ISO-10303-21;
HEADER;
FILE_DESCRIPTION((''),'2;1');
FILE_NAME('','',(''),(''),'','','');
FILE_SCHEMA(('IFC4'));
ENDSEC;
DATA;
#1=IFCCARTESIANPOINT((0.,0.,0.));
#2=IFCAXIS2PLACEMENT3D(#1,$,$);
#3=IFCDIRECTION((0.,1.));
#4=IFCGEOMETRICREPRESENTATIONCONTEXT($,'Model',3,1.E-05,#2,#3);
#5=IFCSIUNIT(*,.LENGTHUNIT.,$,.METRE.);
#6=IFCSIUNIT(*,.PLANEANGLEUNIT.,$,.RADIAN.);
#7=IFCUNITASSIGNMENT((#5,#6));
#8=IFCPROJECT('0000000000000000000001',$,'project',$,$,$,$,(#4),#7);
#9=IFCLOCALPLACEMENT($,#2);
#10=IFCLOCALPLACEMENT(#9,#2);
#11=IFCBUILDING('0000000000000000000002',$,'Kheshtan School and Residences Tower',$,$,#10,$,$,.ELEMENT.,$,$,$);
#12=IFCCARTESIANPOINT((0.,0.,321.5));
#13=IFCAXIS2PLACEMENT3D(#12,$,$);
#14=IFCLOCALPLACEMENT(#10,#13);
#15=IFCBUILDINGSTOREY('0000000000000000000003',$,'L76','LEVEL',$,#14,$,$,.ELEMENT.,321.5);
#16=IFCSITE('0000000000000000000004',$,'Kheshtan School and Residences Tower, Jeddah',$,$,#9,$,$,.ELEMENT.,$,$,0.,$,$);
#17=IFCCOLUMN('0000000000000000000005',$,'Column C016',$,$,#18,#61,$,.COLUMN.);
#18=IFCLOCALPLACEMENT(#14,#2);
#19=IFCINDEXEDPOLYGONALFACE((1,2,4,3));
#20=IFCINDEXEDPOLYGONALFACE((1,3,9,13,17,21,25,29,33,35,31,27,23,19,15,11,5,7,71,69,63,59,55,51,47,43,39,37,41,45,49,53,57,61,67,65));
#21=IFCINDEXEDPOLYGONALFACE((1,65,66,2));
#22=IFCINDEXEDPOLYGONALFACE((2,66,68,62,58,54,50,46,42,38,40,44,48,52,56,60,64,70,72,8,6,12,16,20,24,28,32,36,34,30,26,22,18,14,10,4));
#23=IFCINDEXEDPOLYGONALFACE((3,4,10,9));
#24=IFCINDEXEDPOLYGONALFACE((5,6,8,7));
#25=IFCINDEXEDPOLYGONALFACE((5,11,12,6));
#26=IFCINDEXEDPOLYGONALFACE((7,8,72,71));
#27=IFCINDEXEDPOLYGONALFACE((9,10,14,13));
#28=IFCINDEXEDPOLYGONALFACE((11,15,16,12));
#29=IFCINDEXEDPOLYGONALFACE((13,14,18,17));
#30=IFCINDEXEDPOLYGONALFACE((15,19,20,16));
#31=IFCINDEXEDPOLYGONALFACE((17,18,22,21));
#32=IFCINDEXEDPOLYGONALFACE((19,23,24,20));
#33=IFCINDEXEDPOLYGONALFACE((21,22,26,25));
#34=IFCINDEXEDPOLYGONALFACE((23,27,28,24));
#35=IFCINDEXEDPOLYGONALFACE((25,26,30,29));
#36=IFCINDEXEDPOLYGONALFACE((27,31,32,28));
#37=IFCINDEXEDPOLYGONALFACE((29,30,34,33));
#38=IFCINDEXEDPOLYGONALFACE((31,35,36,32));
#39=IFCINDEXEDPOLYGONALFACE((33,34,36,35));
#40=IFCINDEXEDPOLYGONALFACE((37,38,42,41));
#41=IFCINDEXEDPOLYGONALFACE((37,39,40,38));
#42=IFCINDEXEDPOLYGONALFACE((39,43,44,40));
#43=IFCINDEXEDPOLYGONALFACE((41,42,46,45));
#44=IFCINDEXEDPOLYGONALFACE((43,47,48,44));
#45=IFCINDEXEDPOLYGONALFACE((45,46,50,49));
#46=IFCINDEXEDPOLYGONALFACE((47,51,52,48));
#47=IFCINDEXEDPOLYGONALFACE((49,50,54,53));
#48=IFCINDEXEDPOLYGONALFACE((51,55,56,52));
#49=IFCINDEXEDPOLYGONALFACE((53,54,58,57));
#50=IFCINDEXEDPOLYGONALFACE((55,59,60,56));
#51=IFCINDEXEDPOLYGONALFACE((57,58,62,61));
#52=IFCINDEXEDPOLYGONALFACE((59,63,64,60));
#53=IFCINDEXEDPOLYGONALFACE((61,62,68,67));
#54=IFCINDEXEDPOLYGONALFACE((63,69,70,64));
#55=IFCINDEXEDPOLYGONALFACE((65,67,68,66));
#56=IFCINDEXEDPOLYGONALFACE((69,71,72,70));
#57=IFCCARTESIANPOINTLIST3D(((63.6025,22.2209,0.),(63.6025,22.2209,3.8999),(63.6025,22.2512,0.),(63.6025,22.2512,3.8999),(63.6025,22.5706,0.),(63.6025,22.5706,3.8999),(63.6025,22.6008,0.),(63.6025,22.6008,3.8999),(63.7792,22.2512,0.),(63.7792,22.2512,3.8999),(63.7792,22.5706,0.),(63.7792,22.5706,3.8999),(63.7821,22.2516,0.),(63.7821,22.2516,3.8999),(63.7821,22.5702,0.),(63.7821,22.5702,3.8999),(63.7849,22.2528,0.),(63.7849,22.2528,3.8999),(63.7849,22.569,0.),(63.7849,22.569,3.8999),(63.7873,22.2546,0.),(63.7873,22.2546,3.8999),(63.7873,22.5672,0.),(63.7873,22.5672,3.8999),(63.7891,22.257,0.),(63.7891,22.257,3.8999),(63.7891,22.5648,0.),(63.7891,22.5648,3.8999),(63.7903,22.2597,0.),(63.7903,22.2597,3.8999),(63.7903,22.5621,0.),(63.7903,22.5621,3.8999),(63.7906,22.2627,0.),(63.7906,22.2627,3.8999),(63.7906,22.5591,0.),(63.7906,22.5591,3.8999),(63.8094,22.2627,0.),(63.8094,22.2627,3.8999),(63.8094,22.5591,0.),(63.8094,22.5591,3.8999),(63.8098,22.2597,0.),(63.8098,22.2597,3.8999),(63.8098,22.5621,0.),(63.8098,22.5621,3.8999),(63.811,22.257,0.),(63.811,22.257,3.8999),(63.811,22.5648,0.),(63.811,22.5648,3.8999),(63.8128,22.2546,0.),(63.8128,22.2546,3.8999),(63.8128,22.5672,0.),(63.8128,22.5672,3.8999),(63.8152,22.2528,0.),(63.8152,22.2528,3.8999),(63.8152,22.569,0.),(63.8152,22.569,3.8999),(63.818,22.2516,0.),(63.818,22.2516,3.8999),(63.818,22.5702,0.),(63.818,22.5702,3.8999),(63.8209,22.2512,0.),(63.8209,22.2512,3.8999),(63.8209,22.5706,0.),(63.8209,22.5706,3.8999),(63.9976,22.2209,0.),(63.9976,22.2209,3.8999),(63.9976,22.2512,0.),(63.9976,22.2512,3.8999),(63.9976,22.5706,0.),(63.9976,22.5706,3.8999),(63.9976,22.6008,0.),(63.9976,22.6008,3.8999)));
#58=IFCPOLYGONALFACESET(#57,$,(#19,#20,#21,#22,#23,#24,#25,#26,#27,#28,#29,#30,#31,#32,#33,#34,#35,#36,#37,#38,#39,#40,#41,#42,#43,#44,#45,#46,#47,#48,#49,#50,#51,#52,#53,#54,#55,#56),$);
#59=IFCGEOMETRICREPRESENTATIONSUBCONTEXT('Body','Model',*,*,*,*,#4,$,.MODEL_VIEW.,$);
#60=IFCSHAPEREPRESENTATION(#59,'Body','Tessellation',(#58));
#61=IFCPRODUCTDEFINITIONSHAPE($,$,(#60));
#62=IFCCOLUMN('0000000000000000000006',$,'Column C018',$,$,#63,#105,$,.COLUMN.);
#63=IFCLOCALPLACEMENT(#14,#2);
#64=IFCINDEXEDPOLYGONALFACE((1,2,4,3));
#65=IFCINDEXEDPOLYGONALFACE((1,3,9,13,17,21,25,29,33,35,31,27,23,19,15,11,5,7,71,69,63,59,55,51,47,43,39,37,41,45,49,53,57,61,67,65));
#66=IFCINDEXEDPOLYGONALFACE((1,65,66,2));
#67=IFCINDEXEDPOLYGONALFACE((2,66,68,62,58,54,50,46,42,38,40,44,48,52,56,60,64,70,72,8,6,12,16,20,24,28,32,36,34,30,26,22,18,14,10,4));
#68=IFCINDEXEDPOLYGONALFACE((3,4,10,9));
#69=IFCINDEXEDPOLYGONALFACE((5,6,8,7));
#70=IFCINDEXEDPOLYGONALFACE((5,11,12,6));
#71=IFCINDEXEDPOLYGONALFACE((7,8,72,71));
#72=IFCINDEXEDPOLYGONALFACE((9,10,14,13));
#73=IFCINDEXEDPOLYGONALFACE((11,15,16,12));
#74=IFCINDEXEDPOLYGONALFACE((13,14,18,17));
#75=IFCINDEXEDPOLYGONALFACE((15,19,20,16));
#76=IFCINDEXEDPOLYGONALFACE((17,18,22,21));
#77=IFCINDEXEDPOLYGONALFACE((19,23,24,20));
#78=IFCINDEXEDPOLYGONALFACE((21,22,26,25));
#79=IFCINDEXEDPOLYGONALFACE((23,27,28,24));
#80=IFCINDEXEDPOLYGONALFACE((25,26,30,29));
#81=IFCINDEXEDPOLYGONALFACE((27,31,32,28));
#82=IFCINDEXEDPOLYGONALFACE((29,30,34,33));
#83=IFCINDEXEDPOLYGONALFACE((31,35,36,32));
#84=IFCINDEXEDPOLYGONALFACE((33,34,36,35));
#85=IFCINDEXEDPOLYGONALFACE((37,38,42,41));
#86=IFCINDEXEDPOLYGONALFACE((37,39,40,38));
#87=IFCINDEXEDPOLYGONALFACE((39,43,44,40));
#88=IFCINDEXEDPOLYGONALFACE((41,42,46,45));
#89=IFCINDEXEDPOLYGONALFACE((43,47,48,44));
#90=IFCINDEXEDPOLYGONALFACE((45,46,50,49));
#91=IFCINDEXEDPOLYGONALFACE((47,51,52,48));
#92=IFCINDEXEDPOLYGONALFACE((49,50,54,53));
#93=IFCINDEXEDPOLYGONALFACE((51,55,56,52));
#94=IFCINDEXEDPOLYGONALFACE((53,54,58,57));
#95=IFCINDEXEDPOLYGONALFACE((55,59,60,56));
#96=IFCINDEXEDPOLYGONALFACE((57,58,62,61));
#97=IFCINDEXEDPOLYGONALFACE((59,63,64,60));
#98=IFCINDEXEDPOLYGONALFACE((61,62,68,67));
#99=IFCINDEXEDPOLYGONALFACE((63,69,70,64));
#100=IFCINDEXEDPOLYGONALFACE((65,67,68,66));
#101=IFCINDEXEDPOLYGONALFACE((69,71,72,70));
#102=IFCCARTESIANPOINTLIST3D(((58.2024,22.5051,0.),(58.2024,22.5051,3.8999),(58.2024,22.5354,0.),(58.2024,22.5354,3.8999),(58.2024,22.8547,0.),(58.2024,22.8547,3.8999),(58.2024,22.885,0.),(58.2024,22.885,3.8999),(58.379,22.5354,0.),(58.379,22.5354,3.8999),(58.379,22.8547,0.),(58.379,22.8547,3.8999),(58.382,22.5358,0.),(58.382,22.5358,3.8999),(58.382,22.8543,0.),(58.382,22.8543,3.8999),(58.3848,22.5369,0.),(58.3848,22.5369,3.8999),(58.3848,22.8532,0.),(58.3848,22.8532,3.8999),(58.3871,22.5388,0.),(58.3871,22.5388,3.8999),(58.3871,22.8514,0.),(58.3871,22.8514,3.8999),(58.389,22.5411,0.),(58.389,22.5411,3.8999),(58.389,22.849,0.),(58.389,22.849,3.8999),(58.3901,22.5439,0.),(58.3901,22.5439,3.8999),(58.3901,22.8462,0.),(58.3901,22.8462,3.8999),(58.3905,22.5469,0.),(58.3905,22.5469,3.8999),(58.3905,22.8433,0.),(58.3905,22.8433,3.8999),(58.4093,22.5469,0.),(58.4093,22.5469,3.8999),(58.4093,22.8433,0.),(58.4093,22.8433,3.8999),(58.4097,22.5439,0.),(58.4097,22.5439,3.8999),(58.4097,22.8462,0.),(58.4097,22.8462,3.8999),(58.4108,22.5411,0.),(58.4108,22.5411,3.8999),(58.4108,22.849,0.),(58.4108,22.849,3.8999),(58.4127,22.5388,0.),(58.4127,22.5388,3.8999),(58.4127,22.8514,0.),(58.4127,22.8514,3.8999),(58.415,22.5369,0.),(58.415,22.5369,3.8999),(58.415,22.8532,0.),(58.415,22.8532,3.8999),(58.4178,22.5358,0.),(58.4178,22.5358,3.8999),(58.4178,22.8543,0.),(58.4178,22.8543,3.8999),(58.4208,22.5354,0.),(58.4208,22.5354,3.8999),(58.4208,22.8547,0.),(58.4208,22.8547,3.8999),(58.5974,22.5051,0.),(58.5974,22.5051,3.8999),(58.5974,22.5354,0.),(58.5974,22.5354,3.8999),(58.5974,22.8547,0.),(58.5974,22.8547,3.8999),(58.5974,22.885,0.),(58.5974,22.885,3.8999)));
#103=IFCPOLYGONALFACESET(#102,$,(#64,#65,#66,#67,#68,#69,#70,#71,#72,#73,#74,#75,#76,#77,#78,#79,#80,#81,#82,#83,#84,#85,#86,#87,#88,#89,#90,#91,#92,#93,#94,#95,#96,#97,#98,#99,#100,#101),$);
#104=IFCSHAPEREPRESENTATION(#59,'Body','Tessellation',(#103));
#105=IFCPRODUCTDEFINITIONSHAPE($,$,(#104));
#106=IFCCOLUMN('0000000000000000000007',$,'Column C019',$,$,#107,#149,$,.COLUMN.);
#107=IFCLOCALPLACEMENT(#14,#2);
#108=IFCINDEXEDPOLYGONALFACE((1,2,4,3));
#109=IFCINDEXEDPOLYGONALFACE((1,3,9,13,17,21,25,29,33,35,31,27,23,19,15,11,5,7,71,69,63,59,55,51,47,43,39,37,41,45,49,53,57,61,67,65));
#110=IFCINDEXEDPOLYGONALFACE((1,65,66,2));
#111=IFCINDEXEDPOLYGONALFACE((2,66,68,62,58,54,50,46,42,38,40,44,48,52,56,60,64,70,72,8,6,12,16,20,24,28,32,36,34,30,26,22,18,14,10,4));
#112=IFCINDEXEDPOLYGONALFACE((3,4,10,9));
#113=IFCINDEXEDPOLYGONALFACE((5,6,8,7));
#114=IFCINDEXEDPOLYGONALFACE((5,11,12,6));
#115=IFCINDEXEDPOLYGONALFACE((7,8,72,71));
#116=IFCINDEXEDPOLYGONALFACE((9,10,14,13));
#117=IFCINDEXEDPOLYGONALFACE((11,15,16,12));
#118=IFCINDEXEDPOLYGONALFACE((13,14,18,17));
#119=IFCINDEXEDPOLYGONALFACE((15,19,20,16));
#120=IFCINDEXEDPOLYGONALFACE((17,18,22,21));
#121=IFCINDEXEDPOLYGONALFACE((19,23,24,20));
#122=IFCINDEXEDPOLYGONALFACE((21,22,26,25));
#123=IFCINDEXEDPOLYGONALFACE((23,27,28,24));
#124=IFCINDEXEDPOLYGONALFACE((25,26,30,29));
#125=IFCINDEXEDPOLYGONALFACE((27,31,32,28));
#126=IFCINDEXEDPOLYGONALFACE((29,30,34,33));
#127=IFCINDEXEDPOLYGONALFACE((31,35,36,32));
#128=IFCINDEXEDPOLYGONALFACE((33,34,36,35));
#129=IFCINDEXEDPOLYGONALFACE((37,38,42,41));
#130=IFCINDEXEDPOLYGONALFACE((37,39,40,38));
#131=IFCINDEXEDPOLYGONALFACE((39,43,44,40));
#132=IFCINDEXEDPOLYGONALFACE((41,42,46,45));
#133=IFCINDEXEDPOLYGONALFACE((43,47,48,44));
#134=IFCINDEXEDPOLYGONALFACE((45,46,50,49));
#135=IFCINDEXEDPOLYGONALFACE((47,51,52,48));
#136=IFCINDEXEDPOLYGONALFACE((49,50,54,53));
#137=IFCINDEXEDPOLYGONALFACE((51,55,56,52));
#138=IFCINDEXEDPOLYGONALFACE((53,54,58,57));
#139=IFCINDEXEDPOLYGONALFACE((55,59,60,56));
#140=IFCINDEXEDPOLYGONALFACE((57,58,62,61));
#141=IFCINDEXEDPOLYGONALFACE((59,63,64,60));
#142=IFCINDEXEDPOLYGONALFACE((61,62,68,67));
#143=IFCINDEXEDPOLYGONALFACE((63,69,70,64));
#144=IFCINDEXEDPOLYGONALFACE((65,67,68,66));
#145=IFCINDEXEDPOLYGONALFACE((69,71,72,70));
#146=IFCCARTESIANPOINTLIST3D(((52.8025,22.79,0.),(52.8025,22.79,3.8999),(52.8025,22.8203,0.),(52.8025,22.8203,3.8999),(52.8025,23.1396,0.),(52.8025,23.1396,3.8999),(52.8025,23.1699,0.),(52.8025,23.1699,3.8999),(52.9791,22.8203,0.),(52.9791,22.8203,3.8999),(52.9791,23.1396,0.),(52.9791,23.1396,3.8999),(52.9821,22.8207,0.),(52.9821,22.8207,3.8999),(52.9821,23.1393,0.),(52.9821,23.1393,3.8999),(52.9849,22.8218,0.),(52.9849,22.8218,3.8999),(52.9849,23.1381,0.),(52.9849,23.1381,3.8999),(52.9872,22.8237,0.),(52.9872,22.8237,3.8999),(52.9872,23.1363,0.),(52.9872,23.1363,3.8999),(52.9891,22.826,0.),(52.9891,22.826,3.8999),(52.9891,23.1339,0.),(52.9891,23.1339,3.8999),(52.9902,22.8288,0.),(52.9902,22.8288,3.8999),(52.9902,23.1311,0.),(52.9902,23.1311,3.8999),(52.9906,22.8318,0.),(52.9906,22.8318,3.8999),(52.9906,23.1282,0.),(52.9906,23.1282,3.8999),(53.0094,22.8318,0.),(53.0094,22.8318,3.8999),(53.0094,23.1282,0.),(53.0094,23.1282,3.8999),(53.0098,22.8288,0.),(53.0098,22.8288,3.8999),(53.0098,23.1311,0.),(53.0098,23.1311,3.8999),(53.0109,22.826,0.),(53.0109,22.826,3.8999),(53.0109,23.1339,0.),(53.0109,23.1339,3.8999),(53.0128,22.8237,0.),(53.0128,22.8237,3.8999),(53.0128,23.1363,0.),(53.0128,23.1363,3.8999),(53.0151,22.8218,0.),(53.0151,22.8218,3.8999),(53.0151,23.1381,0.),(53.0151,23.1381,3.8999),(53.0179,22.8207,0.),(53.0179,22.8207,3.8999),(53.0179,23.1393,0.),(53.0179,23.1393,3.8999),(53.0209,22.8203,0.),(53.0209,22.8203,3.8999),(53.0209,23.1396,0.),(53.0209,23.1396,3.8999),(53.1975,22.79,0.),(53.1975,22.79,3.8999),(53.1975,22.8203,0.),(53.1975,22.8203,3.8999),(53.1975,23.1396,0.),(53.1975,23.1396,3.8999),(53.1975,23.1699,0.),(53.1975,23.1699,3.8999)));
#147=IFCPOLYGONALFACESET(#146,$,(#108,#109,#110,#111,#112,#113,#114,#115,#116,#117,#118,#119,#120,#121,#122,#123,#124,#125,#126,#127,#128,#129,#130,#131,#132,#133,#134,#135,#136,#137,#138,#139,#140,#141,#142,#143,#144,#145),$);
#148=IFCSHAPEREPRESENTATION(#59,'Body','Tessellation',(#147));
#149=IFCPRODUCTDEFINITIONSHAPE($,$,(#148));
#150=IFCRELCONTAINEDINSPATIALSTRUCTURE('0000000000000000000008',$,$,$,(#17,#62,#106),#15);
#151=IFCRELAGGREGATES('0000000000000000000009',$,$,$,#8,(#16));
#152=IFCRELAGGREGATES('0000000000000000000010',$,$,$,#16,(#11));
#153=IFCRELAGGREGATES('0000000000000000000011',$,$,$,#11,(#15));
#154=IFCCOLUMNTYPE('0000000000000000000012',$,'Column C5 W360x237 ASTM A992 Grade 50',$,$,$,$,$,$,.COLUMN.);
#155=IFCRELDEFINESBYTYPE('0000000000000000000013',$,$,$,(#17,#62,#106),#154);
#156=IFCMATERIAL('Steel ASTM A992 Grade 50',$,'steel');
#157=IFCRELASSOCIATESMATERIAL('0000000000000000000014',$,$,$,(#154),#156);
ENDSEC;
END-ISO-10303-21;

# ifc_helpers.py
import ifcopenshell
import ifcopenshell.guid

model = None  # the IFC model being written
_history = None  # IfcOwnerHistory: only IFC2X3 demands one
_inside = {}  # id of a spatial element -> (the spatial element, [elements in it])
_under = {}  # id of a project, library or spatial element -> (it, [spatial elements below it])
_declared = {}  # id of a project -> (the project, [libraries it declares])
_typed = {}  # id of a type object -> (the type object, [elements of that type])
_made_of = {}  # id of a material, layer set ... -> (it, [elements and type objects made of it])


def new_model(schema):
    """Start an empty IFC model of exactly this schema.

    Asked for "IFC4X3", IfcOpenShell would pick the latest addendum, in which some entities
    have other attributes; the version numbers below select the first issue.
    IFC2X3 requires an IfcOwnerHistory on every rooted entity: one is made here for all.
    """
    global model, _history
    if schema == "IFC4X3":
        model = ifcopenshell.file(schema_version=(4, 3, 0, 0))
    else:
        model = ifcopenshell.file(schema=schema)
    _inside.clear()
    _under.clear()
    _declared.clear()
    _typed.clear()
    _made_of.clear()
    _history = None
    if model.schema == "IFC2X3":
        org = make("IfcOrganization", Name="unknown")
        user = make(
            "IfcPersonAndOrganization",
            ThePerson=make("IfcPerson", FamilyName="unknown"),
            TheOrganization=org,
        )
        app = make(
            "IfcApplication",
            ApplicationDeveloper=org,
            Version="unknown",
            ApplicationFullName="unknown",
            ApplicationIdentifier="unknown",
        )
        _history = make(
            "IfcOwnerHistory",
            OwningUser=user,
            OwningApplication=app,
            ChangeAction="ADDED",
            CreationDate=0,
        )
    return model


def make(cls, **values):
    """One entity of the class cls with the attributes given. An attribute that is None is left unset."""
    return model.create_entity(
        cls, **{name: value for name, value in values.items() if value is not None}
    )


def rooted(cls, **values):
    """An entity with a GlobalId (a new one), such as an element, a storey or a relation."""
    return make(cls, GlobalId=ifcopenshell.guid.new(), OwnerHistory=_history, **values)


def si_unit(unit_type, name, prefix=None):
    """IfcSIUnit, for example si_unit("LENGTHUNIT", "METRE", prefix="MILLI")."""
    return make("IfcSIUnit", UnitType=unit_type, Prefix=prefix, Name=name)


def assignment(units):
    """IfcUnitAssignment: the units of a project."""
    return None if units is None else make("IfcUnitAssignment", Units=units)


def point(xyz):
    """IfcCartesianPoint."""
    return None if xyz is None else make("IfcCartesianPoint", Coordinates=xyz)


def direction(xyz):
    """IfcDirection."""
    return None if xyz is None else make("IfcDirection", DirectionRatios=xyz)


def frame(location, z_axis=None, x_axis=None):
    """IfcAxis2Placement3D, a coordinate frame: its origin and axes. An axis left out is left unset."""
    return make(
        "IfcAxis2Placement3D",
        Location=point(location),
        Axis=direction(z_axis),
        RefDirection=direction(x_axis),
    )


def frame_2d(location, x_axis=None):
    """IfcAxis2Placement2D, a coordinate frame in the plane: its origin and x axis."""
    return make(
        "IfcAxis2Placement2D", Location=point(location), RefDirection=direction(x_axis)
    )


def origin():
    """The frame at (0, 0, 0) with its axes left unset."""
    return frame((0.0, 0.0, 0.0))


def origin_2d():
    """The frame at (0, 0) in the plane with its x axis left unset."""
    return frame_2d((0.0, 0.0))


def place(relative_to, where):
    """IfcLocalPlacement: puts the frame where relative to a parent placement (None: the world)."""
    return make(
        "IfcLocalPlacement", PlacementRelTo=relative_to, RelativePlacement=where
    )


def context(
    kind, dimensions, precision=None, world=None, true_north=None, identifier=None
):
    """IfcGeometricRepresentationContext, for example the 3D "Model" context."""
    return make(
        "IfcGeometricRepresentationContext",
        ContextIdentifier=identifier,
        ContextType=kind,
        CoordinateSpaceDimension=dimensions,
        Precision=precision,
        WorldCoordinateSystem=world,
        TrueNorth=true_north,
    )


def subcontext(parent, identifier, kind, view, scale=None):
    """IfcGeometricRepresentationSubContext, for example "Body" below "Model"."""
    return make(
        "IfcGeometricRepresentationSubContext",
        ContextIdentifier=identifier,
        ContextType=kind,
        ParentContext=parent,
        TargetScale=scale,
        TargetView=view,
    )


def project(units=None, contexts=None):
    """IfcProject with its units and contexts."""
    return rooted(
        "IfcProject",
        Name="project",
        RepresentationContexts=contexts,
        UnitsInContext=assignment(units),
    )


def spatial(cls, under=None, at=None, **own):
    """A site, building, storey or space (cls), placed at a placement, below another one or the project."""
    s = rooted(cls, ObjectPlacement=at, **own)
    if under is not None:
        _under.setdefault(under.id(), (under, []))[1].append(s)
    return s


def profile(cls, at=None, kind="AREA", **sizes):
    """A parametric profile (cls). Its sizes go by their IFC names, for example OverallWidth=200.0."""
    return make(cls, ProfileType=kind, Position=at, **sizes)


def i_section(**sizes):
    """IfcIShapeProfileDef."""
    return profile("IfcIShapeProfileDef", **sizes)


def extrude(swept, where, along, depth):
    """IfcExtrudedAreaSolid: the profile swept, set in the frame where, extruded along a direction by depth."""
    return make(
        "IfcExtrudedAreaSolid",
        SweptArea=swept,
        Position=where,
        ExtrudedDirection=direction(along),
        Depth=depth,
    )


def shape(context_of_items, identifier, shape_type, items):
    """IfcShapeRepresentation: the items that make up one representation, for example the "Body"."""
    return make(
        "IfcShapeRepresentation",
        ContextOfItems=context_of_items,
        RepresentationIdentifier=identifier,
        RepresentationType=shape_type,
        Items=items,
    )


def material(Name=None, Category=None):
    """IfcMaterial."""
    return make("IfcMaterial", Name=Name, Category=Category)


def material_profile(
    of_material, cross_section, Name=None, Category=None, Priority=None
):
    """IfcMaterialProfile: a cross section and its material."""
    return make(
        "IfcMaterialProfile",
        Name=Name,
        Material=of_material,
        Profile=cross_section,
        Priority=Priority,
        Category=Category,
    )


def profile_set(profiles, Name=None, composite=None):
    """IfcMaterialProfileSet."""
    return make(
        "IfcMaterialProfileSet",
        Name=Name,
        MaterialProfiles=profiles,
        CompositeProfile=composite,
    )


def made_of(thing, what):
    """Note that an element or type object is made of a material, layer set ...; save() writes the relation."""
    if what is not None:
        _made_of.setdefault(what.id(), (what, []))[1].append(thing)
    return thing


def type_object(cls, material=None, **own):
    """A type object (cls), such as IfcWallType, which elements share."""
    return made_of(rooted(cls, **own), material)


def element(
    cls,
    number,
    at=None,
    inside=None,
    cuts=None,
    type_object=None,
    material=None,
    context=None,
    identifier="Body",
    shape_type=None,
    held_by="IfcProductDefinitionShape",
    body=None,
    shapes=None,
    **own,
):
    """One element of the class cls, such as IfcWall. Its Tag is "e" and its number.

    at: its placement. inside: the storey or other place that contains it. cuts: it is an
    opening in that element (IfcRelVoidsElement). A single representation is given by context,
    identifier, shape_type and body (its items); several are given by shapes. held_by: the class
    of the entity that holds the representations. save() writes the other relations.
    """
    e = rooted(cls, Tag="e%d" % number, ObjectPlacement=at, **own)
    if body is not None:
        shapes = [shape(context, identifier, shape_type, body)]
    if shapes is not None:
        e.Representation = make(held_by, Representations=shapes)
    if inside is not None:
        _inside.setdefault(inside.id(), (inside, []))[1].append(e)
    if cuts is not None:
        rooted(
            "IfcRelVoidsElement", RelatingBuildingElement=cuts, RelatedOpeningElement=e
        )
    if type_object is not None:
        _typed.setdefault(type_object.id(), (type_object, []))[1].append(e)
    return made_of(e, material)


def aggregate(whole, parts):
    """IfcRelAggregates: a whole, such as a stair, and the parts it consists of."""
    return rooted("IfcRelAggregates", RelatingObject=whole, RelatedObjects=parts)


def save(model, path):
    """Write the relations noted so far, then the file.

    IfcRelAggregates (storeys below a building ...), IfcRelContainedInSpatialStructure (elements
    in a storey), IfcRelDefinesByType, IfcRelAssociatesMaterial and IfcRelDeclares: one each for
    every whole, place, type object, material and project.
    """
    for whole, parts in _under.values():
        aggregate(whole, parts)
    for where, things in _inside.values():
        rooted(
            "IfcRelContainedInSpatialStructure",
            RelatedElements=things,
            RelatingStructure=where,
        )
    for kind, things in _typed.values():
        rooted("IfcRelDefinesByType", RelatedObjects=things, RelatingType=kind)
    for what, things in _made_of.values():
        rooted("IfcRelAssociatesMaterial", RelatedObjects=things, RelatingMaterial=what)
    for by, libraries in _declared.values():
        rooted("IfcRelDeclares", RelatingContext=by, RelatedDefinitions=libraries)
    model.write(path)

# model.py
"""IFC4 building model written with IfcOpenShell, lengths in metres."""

from ifc_helpers import new_model, si_unit, direction, frame, origin, origin_2d, place, context, subcontext, project, spatial, i_section, extrude, material, material_profile, profile_set, type_object, element, save


model = new_model("IFC4")

# Units and contexts
model_context = context("Model", 3, precision=1e-05, world=origin(), true_north=direction((0.0, 1.0)))
body_context = subcontext(model_context, "Body", "Model", "MODEL_VIEW")
ifc_project = project(units=[si_unit("LENGTHUNIT", "METRE"), si_unit("PLANEANGLEUNIT", "RADIAN")], contexts=[model_context])

# Site, building, storey
site_placement = place(None, origin())
site = spatial("IfcSite", under=ifc_project, at=site_placement, Name="Kheshtan School and Residences Tower, Jeddah", CompositionType="ELEMENT", RefElevation=0.0)
building_placement = place(site_placement, origin())
building = spatial("IfcBuilding", under=site, at=building_placement, Name="Kheshtan School and Residences Tower", CompositionType="ELEMENT")
storey_placement = place(building_placement, frame((0.0, 0.0, 321.5)))
storey = spatial("IfcBuildingStorey", under=building, at=storey_placement, Name="L76", Description="LEVEL", CompositionType="ELEMENT", Elevation=321.5)

# Columns
ifc_material_1 = material(Name="Steel ASTM A992 Grade 50", Category="steel")
ifc_material_profile_1 = material_profile(ifc_material_1, i_section(OverallWidth=0.395, OverallDepth=0.3799, WebThickness=0.0188, FlangeThickness=0.0303, FilletRadius=0.0115, at=origin_2d()), Name="W360x237")
ifc_profile_set_1 = profile_set([ifc_material_profile_1], Name="Steel ASTM A992 Grade 50")
column_type_1 = type_object("IfcColumnType", Name="Column C5 W360x237 ASTM A992 Grade 50", PredefinedType="COLUMN", material=ifc_profile_set_1)
for number, where, z_axis, x_axis, name in (
    (1, (63.8, 22.4109, 0.0), (0.0, 0.0, 1.0), (1.0, 0.0, 0.0), "Column C016"),
    (2, (58.3999, 22.6951, 0.0), (0.0, 0.0, 1.0), (1.0, 0.0, 0.0), "Column C018"),
    (3, (53.0, 22.98, 0.0), (0.0, 0.0, 1.0), (1.0, 0.0, 0.0), "Column C019"),
):
    element("IfcColumn", number, at=place(storey_placement, frame(where, z_axis=z_axis, x_axis=x_axis)), inside=storey, type_object=column_type_1, Name=name, PredefinedType="COLUMN", context=body_context, shape_type="SweptSolid", body=[
        extrude(i_section(OverallWidth=0.395, OverallDepth=0.3799, WebThickness=0.0188, FlangeThickness=0.0303, FilletRadius=0.0115, at=origin_2d()), origin(), (0.0, 0.0, 1.0), 3.8999),
    ])

save(model, "model.ifc")
